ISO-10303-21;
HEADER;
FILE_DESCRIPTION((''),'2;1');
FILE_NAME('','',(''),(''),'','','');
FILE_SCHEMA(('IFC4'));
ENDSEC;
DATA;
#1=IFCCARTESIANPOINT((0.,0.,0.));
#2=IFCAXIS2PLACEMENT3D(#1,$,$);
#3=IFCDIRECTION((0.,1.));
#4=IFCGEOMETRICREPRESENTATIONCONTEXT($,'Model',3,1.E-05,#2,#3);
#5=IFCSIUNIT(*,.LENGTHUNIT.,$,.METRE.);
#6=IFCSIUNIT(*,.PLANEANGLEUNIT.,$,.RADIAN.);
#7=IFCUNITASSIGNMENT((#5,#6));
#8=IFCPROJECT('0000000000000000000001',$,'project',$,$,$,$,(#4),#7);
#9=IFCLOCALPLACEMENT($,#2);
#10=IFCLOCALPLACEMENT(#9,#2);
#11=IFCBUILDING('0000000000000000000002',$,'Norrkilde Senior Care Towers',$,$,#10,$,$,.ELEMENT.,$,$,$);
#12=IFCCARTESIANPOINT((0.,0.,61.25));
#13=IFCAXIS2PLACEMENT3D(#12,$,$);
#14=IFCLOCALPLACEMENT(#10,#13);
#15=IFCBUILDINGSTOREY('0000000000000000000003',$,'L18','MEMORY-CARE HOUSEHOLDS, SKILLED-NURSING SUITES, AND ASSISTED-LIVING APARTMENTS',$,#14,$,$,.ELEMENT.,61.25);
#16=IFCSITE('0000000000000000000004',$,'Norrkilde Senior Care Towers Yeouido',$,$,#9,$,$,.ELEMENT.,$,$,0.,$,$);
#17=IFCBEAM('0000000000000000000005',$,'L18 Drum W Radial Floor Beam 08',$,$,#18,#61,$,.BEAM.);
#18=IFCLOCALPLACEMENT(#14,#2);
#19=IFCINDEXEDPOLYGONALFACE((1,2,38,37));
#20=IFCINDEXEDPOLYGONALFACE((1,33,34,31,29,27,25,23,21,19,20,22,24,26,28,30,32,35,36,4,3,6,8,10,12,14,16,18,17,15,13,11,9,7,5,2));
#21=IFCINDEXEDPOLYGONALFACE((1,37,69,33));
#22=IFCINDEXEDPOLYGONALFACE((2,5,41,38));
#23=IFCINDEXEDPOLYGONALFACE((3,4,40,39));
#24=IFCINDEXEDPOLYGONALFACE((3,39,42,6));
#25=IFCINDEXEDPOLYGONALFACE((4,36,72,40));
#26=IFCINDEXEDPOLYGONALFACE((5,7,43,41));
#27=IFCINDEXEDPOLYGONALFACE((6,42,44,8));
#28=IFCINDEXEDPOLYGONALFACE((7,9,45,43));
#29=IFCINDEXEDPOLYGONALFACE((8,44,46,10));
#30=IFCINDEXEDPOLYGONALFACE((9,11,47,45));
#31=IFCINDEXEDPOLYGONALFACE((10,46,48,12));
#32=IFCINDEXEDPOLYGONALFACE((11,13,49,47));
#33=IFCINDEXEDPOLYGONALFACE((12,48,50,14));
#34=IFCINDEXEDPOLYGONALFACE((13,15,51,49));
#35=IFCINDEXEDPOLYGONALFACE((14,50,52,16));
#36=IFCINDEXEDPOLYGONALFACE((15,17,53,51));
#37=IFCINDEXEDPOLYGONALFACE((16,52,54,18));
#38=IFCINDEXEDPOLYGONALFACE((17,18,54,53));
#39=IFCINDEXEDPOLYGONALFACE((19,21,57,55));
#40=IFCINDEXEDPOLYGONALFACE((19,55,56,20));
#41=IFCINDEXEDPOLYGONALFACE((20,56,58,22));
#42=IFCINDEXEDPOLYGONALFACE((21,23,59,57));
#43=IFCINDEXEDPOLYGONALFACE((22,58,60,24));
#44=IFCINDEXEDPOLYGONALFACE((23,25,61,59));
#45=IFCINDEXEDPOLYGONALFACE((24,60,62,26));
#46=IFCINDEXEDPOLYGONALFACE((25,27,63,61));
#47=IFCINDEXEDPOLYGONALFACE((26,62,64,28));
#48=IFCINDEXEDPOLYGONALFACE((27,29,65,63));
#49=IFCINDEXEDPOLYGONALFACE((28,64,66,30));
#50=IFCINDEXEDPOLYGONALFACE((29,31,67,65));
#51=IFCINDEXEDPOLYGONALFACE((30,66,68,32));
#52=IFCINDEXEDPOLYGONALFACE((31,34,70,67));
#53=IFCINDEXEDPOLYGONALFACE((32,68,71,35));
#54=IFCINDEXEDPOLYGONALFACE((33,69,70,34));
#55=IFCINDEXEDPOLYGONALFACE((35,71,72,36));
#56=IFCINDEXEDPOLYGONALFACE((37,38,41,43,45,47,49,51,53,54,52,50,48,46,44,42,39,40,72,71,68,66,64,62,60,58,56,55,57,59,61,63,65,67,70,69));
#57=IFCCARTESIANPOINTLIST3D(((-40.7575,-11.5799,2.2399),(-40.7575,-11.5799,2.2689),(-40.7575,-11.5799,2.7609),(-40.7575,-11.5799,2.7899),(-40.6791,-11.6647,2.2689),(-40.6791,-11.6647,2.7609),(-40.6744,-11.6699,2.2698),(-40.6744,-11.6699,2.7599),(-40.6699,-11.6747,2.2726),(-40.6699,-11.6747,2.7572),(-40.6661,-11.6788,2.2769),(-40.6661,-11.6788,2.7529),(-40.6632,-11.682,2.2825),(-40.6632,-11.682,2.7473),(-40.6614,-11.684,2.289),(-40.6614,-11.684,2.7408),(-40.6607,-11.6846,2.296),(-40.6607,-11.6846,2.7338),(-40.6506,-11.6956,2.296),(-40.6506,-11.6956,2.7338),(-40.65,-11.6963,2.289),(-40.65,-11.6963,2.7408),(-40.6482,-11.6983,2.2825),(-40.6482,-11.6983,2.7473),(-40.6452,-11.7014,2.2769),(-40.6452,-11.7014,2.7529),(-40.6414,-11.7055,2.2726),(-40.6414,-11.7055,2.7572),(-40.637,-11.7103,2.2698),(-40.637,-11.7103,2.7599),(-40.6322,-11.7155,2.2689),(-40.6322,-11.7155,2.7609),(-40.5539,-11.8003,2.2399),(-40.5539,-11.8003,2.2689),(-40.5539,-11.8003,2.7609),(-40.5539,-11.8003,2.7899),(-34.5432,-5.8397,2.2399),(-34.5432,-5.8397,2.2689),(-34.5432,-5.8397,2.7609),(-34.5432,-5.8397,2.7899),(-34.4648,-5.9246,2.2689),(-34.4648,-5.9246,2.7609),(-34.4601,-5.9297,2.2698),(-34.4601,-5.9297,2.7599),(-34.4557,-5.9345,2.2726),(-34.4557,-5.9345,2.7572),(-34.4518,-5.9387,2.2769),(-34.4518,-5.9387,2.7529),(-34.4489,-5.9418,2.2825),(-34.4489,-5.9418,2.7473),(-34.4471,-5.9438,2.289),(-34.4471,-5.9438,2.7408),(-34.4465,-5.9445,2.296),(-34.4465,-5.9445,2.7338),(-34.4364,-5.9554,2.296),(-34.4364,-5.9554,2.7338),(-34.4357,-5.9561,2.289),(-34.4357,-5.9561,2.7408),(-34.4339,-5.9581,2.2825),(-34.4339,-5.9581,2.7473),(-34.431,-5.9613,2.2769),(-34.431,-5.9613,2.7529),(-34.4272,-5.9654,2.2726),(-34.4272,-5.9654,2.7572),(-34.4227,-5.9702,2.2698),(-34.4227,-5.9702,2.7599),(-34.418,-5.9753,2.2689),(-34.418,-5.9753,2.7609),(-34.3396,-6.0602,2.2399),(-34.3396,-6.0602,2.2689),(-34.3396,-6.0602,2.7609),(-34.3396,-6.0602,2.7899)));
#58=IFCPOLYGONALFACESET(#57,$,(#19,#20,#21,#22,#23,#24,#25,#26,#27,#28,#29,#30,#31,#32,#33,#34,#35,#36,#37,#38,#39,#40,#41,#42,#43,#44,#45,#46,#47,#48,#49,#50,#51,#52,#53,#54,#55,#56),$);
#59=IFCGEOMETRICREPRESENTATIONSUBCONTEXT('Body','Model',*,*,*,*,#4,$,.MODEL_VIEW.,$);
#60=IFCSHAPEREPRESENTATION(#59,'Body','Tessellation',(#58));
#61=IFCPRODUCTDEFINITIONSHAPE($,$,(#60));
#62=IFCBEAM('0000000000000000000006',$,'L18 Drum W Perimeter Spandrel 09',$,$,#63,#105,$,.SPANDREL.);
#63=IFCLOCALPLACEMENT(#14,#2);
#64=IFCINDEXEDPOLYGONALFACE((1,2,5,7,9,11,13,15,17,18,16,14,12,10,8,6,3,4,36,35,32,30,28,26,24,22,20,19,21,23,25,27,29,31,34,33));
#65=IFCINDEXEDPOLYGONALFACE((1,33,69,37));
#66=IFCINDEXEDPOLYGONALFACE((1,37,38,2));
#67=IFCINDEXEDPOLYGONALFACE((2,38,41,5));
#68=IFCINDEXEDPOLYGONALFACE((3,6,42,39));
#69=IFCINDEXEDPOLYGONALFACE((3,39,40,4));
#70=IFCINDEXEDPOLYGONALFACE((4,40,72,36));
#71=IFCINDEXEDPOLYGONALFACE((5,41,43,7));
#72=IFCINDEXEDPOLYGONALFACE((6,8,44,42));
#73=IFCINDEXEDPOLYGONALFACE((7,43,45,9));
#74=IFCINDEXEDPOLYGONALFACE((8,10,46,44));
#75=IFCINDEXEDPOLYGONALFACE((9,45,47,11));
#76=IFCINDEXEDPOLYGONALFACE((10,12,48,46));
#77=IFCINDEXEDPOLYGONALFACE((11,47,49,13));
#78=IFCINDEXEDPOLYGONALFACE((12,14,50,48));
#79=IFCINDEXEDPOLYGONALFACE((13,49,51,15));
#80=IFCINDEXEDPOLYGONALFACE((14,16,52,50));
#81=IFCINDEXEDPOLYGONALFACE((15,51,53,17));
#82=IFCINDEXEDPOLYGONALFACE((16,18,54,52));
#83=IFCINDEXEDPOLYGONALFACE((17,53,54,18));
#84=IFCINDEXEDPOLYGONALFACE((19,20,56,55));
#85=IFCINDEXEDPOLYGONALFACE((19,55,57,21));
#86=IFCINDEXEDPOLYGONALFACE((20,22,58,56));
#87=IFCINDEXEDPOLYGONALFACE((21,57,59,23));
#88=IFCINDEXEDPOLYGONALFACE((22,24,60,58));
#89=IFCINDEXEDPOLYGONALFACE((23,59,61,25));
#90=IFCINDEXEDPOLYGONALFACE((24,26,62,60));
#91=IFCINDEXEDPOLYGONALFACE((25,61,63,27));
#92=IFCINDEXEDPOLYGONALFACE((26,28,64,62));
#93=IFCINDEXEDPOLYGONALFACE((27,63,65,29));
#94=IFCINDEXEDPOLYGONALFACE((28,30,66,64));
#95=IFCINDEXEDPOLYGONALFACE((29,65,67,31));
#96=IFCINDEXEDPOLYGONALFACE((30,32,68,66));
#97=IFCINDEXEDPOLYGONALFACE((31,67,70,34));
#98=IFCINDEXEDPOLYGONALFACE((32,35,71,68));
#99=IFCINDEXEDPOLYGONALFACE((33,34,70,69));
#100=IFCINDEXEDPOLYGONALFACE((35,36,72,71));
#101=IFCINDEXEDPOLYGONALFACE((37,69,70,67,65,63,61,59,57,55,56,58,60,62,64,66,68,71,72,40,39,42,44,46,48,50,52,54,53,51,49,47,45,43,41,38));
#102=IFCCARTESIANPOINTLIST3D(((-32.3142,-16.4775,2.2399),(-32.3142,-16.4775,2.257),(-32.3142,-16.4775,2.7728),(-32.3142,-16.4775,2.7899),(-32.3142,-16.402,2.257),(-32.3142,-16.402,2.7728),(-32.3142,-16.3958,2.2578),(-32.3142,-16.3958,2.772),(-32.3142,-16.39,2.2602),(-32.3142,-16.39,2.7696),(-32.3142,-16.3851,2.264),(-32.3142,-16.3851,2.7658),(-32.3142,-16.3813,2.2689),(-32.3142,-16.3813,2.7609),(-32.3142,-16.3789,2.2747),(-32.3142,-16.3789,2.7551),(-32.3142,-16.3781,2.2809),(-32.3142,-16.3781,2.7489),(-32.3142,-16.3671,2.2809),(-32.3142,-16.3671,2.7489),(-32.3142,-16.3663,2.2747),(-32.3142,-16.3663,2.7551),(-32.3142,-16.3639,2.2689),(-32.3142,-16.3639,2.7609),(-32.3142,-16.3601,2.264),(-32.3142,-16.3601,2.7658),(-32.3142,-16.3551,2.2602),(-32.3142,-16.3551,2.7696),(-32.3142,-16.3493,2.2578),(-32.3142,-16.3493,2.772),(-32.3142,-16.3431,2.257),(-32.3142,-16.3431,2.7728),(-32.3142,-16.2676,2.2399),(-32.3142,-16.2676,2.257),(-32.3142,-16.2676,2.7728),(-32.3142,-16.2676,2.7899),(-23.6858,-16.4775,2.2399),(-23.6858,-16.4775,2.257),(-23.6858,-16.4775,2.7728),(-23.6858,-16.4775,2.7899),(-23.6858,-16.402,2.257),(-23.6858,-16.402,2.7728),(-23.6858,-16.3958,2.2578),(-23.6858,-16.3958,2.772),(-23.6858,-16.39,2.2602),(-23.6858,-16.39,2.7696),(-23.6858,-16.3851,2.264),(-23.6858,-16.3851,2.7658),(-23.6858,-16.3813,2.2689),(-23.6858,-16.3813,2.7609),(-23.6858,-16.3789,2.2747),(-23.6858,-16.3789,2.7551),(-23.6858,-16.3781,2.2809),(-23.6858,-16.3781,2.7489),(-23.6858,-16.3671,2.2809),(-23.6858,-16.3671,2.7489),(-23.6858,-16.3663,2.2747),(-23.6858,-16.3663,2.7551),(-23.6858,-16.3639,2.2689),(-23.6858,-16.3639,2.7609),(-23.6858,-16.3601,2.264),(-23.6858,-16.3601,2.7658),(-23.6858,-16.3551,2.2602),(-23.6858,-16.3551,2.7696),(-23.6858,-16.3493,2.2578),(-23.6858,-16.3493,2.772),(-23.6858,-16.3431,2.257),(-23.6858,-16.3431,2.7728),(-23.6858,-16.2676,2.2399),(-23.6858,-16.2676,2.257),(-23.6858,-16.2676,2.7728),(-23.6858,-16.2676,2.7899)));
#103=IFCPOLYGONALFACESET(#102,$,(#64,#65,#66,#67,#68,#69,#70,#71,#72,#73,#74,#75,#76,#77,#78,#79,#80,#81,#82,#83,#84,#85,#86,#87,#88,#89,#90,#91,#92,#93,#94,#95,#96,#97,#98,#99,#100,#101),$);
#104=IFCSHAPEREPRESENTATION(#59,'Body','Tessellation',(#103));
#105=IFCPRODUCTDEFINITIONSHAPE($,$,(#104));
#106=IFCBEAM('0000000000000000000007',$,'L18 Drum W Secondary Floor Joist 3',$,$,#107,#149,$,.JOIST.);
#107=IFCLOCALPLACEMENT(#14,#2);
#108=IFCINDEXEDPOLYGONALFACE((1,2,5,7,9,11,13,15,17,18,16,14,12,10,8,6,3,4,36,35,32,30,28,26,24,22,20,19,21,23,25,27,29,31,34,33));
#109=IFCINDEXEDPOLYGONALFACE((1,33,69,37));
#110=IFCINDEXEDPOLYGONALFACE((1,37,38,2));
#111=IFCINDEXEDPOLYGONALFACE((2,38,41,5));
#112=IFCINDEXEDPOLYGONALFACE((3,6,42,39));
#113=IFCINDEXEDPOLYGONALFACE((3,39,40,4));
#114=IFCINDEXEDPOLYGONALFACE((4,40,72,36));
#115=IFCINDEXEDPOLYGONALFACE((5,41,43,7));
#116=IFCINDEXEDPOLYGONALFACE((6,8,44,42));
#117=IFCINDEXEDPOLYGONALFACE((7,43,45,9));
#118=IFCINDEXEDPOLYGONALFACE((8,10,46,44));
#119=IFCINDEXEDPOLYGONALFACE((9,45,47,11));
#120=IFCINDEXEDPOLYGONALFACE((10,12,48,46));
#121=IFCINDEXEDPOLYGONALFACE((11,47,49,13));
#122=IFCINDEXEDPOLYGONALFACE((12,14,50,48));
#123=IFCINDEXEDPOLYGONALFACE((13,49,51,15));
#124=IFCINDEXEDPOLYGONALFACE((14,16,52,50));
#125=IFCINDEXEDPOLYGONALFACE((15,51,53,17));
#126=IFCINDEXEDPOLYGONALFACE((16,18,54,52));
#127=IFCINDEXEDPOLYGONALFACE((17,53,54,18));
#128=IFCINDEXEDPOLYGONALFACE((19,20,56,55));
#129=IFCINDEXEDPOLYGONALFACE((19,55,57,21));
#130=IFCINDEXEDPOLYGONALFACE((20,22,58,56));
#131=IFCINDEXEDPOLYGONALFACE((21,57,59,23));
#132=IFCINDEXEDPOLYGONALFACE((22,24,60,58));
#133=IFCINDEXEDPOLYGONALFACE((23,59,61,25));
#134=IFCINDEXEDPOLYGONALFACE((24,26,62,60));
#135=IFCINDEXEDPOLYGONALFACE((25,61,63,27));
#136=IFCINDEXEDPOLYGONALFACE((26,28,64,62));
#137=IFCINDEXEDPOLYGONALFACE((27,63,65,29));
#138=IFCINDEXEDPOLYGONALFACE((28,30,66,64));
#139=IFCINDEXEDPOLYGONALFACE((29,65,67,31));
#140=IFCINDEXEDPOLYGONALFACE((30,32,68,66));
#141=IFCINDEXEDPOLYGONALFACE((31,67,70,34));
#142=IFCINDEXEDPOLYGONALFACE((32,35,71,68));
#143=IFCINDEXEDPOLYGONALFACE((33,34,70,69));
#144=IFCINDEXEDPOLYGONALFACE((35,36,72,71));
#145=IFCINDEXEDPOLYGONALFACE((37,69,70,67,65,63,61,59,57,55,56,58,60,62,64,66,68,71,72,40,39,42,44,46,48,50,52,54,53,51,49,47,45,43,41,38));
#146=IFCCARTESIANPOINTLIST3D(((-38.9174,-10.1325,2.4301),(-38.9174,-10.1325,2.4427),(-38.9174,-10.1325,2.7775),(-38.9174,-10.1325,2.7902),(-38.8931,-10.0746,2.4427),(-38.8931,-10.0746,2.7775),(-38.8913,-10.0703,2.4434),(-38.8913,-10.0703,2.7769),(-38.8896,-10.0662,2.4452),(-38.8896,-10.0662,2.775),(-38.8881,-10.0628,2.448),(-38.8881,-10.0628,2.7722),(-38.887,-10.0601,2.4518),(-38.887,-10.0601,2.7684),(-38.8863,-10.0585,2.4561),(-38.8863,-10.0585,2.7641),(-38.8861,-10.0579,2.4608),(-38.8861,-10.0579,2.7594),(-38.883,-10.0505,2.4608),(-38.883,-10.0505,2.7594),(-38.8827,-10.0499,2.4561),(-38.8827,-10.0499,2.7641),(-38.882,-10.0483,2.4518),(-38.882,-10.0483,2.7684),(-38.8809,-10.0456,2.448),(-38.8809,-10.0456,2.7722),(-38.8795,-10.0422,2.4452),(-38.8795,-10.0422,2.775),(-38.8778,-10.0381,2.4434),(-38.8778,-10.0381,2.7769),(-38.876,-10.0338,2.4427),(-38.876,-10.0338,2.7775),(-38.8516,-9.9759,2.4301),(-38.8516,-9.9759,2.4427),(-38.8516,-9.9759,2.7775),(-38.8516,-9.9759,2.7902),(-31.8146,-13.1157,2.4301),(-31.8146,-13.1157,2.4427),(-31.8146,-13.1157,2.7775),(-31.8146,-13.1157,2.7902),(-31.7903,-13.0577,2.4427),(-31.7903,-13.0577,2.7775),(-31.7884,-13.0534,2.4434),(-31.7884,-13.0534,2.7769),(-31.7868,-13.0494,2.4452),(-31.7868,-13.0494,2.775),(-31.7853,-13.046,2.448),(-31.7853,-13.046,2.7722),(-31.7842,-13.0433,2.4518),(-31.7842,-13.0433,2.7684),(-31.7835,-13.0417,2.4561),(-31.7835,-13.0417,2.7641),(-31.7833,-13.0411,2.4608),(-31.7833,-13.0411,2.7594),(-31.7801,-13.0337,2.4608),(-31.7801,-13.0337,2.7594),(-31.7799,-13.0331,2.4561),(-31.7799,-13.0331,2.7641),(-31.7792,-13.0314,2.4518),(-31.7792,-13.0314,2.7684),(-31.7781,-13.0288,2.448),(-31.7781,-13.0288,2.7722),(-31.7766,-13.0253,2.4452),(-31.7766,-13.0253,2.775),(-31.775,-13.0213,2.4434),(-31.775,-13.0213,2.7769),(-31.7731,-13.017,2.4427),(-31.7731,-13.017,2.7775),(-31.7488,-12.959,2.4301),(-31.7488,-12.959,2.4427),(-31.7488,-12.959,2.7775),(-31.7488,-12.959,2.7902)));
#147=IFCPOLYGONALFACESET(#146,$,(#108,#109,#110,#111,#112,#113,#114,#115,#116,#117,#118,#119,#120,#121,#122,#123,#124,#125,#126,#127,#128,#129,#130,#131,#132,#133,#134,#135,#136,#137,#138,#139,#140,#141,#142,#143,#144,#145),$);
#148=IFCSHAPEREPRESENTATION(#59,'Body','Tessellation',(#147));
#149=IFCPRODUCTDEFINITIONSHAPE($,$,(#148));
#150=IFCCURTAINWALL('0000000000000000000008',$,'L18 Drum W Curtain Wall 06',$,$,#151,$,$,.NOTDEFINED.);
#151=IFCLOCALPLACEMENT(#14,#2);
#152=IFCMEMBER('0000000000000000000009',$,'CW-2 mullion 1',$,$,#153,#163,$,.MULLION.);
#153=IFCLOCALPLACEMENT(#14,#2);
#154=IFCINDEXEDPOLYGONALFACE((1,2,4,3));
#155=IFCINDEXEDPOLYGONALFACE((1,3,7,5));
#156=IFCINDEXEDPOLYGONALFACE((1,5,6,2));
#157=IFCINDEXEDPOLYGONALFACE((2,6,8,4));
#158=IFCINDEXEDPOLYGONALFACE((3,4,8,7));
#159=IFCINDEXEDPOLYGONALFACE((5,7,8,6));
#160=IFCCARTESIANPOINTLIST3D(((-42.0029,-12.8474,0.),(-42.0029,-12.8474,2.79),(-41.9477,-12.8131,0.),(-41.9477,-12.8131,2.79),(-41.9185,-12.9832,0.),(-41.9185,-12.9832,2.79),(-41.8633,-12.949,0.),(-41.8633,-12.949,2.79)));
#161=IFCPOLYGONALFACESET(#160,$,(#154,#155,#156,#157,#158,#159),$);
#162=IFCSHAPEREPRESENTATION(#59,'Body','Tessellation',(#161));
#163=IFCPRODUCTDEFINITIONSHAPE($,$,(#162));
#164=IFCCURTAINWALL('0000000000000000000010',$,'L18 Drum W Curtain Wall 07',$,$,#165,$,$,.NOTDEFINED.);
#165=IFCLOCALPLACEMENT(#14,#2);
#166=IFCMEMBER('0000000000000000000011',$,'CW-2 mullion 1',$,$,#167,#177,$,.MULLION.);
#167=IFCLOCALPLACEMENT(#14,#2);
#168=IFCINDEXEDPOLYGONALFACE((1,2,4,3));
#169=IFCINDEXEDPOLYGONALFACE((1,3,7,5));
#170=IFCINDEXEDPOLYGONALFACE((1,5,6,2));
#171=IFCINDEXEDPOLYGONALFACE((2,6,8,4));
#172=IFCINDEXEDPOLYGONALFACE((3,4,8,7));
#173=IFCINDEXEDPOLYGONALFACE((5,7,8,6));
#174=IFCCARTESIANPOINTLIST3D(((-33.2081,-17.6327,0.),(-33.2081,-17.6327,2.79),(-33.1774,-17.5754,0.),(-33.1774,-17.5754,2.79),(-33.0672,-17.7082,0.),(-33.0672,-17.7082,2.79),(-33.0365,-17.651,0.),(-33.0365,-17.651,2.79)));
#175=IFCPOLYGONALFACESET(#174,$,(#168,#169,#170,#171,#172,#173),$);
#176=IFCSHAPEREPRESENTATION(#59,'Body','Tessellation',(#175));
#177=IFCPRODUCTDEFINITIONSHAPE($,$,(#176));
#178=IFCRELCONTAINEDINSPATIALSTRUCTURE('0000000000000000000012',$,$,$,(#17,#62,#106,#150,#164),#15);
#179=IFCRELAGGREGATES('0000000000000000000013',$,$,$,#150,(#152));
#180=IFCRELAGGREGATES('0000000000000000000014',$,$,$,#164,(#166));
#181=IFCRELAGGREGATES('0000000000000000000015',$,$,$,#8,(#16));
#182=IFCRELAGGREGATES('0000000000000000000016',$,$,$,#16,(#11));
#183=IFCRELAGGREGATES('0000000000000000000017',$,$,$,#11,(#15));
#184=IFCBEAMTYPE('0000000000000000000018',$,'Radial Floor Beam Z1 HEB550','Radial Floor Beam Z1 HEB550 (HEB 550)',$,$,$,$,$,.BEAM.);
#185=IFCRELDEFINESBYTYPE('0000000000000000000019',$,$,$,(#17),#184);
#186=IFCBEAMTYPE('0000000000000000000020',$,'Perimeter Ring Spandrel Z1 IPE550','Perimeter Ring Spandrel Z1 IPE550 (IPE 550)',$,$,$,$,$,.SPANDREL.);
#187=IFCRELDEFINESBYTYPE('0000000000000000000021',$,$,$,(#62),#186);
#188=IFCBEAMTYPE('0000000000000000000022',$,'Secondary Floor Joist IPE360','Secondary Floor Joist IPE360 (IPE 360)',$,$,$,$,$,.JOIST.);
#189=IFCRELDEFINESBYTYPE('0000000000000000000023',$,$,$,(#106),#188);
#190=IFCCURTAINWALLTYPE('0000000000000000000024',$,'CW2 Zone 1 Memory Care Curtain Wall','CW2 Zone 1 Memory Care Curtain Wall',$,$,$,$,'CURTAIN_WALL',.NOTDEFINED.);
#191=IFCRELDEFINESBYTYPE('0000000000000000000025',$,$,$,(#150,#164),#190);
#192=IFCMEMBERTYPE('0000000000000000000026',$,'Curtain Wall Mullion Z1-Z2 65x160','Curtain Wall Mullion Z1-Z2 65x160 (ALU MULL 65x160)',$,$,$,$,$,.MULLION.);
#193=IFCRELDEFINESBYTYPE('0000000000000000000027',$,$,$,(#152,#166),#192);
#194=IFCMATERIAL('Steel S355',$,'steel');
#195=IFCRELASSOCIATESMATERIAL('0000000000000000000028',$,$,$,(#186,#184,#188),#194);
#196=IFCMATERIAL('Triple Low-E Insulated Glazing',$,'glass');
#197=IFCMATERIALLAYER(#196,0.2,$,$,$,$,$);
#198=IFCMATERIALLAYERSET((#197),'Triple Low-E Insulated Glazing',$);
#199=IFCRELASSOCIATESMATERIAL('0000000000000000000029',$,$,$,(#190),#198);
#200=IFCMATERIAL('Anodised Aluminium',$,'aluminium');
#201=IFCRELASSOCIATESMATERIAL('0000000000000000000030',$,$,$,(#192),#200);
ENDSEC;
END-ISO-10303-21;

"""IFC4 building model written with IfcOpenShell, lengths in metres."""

from ifc_helpers import new_model, si_unit, direction, frame, origin, origin_2d, place, context, subcontext, project, spatial, rectangle, i_section, extrude, source, transform, mapped, material, layer, layer_set, material_profile, profile_set, type_object, type_shapes, element, aggregate, save


model = new_model("IFC4")

# Units and contexts
model_context = context("Model", 3, precision=1e-05, world=origin(), true_north=direction((0.0, 1.0)))
body_context = subcontext(model_context, "Body", "Model", "MODEL_VIEW")
ifc_project = project(units=[si_unit("LENGTHUNIT", "METRE"), si_unit("PLANEANGLEUNIT", "RADIAN")], contexts=[model_context])

# Site, building, storey
site_placement = place(None, origin())
site = spatial("IfcSite", under=ifc_project, at=site_placement, Name="Norrkilde Senior Care Towers Yeouido", CompositionType="ELEMENT", RefElevation=0.0)
building_placement = place(site_placement, origin())
building = spatial("IfcBuilding", under=site, at=building_placement, Name="Norrkilde Senior Care Towers", CompositionType="ELEMENT")
storey_placement = place(building_placement, frame((0.0, 0.0, 61.25)))
storey = spatial("IfcBuildingStorey", under=building, at=storey_placement, Name="L18", Description="MEMORY-CARE HOUSEHOLDS, SKILLED-NURSING SUITES, AND ASSISTED-LIVING APARTMENTS", CompositionType="ELEMENT", Elevation=61.25)

# Beams
ifc_material_1 = material(Name="Steel S355", Category="steel")
ifc_material_profile_1 = material_profile(ifc_material_1, i_section(OverallWidth=0.21, OverallDepth=0.55, WebThickness=0.011, FlangeThickness=0.0171, FilletRadius=0.0239, at=origin_2d()), Name="IPE 550")
ifc_profile_set_1 = profile_set([ifc_material_profile_1], Name="Steel S355")
beam_type_1 = type_object("IfcBeamType", Name="Perimeter Ring Spandrel Z1 IPE550", Description="Perimeter Ring Spandrel Z1 IPE550 (IPE 550)", PredefinedType="SPANDREL", material=ifc_profile_set_1)
ifc_material_profile_2 = material_profile(ifc_material_1, i_section(OverallWidth=0.3, OverallDepth=0.55, WebThickness=0.0149, FlangeThickness=0.0291, FilletRadius=0.0271, at=origin_2d()), Name="HEB 550")
ifc_profile_set_2 = profile_set([ifc_material_profile_2], Name="Steel S355")
beam_type_2 = type_object("IfcBeamType", Name="Radial Floor Beam Z1 HEB550", Description="Radial Floor Beam Z1 HEB550 (HEB 550)", PredefinedType="BEAM", material=ifc_profile_set_2)
shared_shape_1 = source(origin(), body_context, "Body", "SweptSolid", [
    extrude(i_section(OverallWidth=0.3, OverallDepth=0.55, WebThickness=0.0149, FlangeThickness=0.0291, FilletRadius=0.0271, at=origin_2d()), origin(), (0.0, 0.0, 1.0), 8.4597),
])
type_shapes(beam_type_2, [shared_shape_1])
beam_1_placement = place(storey_placement, frame((-34.4414, -5.95, 2.5149), z_axis=(-0.734573, -0.678529, 0.0), x_axis=(0.678529, -0.734573, 0.0)))
element("IfcBeam", 1, at=beam_1_placement, inside=storey, type_object=beam_type_2, Name="L18 Drum W Radial Floor Beam 08", PredefinedType="BEAM", context=body_context, shape_type="MappedRepresentation", body=[
    mapped(shared_shape_1, transform((0.0, 0.0, 0.0), x_axis=(1.0, 0.0, 0.0), y_axis=(0.0, 1.0, 0.0), z_axis=(0.0, 0.0, 1.0), scale=1.0)),
])
shared_shape_2 = source(origin(), body_context, "Body", "SweptSolid", [
    extrude(i_section(OverallWidth=0.21, OverallDepth=0.55, WebThickness=0.011, FlangeThickness=0.0171, FilletRadius=0.0239, at=origin_2d()), origin(), (0.0, 0.0, 1.0), 8.6284),
])
beam_2_placement = place(storey_placement, frame((-32.3142, -16.3726, 2.5149), z_axis=(1.0, 0.0, 0.0), x_axis=(0.0, 1.0, 0.0)))
element("IfcBeam", 2, at=beam_2_placement, inside=storey, type_object=beam_type_1, Name="L18 Drum W Perimeter Spandrel 09", PredefinedType="SPANDREL", context=body_context, shape_type="MappedRepresentation", body=[
    mapped(shared_shape_2, transform((0.0, 0.0, 0.0), x_axis=(1.0, 0.0, 0.0), y_axis=(0.0, 1.0, 0.0), z_axis=(0.0, 0.0, 1.0), scale=1.0)),
])
ifc_material_profile_3 = material_profile(ifc_material_1, i_section(OverallWidth=0.1699, OverallDepth=0.3601, WebThickness=0.0081, FlangeThickness=0.0127, FilletRadius=0.0181, at=origin_2d()), Name="IPE 360")
ifc_profile_set_3 = profile_set([ifc_material_profile_3], Name="Steel S355")
beam_type_3 = type_object("IfcBeamType", Name="Secondary Floor Joist IPE360", Description="Secondary Floor Joist IPE360 (IPE 360)", PredefinedType="JOIST", material=ifc_profile_set_3)
shared_shape_3 = source(origin(), body_context, "Body", "SweptSolid", [
    extrude(i_section(OverallWidth=0.1699, OverallDepth=0.3601, WebThickness=0.0081, FlangeThickness=0.0127, FilletRadius=0.0181, at=origin_2d()), origin(), (0.0, 0.0, 1.0), 7.7039),
])
type_shapes(beam_type_3, [shared_shape_3])
beam_3_placement = place(storey_placement, frame((-38.8845, -10.0542, 2.6101), z_axis=(0.921983, -0.387231, 0.0), x_axis=(0.387231, 0.921983, 0.0)))
element("IfcBeam", 3, at=beam_3_placement, inside=storey, type_object=beam_type_3, Name="L18 Drum W Secondary Floor Joist 3", PredefinedType="JOIST", context=body_context, shape_type="MappedRepresentation", body=[
    mapped(shared_shape_3, transform((0.0, 0.0, 0.0), x_axis=(1.0, 0.0, 0.0), y_axis=(0.0, 1.0, 0.0), z_axis=(0.0, 0.0, 1.0), scale=1.0)),
])

# Curtain wall, member
ifc_material_2 = material(Name="Triple Low-E Insulated Glazing", Category="glass")
ifc_layer_1 = layer(ifc_material_2, 0.2)
ifc_layer_set_1 = layer_set([ifc_layer_1], Name="Triple Low-E Insulated Glazing")
curtain_wall_type = type_object("IfcCurtainWallType", Name="CW2 Zone 1 Memory Care Curtain Wall", Description="CW2 Zone 1 Memory Care Curtain Wall", ElementType="CURTAIN_WALL", PredefinedType="NOTDEFINED", material=ifc_layer_set_1)
curtain_wall_1_placement = place(storey_placement, origin())
curtain_wall_1 = element("IfcCurtainWall", 4, at=curtain_wall_1_placement, inside=storey, type_object=curtain_wall_type, Name="L18 Drum W Curtain Wall 06", PredefinedType="NOTDEFINED")
ifc_material_3 = material(Name="Anodised Aluminium", Category="aluminium")
ifc_material_profile_4 = material_profile(ifc_material_3, rectangle(XDim=0.0649, YDim=0.1599, at=origin_2d()), Name="ALU MULL 65x160")
ifc_profile_set_4 = profile_set([ifc_material_profile_4], Name="Anodised Aluminium")
member_type_1 = type_object("IfcMemberType", Name="Curtain Wall Mullion Z1-Z2 65x160", Description="Curtain Wall Mullion Z1-Z2 65x160 (ALU MULL 65x160)", PredefinedType="MULLION", material=ifc_profile_set_4)
shared_shape_4 = source(origin(), body_context, "Body", "SweptSolid", [
    extrude(rectangle(XDim=0.0649, YDim=0.1599, at=origin_2d()), origin(), (0.0, 0.0, 1.0), 2.79),
])
type_shapes(member_type_1, [shared_shape_4])
member_1_placement = place(storey_placement, frame((-41.9331, -12.8982, 0.0), z_axis=(0.0, 0.0, 1.0), x_axis=(-0.849306, -0.527901, 0.0)))
member_1 = element("IfcMember", 5, at=member_1_placement, type_object=member_type_1, Name="CW-2 mullion 1", PredefinedType="MULLION", context=body_context, shape_type="MappedRepresentation", body=[
    mapped(shared_shape_4, transform((0.0, 0.0, 0.0), x_axis=(1.0, 0.0, 0.0), y_axis=(0.0, 1.0, 0.0), z_axis=(0.0, 0.0, 1.0), scale=1.0)),
])

# Curtain wall, member
curtain_wall_2_placement = place(storey_placement, origin())
curtain_wall_2 = element("IfcCurtainWall", 6, at=curtain_wall_2_placement, inside=storey, type_object=curtain_wall_type, Name="L18 Drum W Curtain Wall 07", PredefinedType="NOTDEFINED")
member_2_placement = place(storey_placement, frame((-33.1223, -17.6418, 0.0), z_axis=(0.0, 0.0, 1.0), x_axis=(-0.472608, -0.881273, 0.0)))
member_2 = element("IfcMember", 7, at=member_2_placement, type_object=member_type_1, Name="CW-2 mullion 1", PredefinedType="MULLION", context=body_context, shape_type="MappedRepresentation", body=[
    mapped(shared_shape_4, transform((0.0, 0.0, 0.0), x_axis=(1.0, 0.0, 0.0), y_axis=(0.0, 1.0, 0.0), z_axis=(0.0, 0.0, 1.0), scale=1.0)),
])

aggregate(curtain_wall_1, [member_1])
aggregate(curtain_wall_2, [member_2])

save(model, "model.ifc")
